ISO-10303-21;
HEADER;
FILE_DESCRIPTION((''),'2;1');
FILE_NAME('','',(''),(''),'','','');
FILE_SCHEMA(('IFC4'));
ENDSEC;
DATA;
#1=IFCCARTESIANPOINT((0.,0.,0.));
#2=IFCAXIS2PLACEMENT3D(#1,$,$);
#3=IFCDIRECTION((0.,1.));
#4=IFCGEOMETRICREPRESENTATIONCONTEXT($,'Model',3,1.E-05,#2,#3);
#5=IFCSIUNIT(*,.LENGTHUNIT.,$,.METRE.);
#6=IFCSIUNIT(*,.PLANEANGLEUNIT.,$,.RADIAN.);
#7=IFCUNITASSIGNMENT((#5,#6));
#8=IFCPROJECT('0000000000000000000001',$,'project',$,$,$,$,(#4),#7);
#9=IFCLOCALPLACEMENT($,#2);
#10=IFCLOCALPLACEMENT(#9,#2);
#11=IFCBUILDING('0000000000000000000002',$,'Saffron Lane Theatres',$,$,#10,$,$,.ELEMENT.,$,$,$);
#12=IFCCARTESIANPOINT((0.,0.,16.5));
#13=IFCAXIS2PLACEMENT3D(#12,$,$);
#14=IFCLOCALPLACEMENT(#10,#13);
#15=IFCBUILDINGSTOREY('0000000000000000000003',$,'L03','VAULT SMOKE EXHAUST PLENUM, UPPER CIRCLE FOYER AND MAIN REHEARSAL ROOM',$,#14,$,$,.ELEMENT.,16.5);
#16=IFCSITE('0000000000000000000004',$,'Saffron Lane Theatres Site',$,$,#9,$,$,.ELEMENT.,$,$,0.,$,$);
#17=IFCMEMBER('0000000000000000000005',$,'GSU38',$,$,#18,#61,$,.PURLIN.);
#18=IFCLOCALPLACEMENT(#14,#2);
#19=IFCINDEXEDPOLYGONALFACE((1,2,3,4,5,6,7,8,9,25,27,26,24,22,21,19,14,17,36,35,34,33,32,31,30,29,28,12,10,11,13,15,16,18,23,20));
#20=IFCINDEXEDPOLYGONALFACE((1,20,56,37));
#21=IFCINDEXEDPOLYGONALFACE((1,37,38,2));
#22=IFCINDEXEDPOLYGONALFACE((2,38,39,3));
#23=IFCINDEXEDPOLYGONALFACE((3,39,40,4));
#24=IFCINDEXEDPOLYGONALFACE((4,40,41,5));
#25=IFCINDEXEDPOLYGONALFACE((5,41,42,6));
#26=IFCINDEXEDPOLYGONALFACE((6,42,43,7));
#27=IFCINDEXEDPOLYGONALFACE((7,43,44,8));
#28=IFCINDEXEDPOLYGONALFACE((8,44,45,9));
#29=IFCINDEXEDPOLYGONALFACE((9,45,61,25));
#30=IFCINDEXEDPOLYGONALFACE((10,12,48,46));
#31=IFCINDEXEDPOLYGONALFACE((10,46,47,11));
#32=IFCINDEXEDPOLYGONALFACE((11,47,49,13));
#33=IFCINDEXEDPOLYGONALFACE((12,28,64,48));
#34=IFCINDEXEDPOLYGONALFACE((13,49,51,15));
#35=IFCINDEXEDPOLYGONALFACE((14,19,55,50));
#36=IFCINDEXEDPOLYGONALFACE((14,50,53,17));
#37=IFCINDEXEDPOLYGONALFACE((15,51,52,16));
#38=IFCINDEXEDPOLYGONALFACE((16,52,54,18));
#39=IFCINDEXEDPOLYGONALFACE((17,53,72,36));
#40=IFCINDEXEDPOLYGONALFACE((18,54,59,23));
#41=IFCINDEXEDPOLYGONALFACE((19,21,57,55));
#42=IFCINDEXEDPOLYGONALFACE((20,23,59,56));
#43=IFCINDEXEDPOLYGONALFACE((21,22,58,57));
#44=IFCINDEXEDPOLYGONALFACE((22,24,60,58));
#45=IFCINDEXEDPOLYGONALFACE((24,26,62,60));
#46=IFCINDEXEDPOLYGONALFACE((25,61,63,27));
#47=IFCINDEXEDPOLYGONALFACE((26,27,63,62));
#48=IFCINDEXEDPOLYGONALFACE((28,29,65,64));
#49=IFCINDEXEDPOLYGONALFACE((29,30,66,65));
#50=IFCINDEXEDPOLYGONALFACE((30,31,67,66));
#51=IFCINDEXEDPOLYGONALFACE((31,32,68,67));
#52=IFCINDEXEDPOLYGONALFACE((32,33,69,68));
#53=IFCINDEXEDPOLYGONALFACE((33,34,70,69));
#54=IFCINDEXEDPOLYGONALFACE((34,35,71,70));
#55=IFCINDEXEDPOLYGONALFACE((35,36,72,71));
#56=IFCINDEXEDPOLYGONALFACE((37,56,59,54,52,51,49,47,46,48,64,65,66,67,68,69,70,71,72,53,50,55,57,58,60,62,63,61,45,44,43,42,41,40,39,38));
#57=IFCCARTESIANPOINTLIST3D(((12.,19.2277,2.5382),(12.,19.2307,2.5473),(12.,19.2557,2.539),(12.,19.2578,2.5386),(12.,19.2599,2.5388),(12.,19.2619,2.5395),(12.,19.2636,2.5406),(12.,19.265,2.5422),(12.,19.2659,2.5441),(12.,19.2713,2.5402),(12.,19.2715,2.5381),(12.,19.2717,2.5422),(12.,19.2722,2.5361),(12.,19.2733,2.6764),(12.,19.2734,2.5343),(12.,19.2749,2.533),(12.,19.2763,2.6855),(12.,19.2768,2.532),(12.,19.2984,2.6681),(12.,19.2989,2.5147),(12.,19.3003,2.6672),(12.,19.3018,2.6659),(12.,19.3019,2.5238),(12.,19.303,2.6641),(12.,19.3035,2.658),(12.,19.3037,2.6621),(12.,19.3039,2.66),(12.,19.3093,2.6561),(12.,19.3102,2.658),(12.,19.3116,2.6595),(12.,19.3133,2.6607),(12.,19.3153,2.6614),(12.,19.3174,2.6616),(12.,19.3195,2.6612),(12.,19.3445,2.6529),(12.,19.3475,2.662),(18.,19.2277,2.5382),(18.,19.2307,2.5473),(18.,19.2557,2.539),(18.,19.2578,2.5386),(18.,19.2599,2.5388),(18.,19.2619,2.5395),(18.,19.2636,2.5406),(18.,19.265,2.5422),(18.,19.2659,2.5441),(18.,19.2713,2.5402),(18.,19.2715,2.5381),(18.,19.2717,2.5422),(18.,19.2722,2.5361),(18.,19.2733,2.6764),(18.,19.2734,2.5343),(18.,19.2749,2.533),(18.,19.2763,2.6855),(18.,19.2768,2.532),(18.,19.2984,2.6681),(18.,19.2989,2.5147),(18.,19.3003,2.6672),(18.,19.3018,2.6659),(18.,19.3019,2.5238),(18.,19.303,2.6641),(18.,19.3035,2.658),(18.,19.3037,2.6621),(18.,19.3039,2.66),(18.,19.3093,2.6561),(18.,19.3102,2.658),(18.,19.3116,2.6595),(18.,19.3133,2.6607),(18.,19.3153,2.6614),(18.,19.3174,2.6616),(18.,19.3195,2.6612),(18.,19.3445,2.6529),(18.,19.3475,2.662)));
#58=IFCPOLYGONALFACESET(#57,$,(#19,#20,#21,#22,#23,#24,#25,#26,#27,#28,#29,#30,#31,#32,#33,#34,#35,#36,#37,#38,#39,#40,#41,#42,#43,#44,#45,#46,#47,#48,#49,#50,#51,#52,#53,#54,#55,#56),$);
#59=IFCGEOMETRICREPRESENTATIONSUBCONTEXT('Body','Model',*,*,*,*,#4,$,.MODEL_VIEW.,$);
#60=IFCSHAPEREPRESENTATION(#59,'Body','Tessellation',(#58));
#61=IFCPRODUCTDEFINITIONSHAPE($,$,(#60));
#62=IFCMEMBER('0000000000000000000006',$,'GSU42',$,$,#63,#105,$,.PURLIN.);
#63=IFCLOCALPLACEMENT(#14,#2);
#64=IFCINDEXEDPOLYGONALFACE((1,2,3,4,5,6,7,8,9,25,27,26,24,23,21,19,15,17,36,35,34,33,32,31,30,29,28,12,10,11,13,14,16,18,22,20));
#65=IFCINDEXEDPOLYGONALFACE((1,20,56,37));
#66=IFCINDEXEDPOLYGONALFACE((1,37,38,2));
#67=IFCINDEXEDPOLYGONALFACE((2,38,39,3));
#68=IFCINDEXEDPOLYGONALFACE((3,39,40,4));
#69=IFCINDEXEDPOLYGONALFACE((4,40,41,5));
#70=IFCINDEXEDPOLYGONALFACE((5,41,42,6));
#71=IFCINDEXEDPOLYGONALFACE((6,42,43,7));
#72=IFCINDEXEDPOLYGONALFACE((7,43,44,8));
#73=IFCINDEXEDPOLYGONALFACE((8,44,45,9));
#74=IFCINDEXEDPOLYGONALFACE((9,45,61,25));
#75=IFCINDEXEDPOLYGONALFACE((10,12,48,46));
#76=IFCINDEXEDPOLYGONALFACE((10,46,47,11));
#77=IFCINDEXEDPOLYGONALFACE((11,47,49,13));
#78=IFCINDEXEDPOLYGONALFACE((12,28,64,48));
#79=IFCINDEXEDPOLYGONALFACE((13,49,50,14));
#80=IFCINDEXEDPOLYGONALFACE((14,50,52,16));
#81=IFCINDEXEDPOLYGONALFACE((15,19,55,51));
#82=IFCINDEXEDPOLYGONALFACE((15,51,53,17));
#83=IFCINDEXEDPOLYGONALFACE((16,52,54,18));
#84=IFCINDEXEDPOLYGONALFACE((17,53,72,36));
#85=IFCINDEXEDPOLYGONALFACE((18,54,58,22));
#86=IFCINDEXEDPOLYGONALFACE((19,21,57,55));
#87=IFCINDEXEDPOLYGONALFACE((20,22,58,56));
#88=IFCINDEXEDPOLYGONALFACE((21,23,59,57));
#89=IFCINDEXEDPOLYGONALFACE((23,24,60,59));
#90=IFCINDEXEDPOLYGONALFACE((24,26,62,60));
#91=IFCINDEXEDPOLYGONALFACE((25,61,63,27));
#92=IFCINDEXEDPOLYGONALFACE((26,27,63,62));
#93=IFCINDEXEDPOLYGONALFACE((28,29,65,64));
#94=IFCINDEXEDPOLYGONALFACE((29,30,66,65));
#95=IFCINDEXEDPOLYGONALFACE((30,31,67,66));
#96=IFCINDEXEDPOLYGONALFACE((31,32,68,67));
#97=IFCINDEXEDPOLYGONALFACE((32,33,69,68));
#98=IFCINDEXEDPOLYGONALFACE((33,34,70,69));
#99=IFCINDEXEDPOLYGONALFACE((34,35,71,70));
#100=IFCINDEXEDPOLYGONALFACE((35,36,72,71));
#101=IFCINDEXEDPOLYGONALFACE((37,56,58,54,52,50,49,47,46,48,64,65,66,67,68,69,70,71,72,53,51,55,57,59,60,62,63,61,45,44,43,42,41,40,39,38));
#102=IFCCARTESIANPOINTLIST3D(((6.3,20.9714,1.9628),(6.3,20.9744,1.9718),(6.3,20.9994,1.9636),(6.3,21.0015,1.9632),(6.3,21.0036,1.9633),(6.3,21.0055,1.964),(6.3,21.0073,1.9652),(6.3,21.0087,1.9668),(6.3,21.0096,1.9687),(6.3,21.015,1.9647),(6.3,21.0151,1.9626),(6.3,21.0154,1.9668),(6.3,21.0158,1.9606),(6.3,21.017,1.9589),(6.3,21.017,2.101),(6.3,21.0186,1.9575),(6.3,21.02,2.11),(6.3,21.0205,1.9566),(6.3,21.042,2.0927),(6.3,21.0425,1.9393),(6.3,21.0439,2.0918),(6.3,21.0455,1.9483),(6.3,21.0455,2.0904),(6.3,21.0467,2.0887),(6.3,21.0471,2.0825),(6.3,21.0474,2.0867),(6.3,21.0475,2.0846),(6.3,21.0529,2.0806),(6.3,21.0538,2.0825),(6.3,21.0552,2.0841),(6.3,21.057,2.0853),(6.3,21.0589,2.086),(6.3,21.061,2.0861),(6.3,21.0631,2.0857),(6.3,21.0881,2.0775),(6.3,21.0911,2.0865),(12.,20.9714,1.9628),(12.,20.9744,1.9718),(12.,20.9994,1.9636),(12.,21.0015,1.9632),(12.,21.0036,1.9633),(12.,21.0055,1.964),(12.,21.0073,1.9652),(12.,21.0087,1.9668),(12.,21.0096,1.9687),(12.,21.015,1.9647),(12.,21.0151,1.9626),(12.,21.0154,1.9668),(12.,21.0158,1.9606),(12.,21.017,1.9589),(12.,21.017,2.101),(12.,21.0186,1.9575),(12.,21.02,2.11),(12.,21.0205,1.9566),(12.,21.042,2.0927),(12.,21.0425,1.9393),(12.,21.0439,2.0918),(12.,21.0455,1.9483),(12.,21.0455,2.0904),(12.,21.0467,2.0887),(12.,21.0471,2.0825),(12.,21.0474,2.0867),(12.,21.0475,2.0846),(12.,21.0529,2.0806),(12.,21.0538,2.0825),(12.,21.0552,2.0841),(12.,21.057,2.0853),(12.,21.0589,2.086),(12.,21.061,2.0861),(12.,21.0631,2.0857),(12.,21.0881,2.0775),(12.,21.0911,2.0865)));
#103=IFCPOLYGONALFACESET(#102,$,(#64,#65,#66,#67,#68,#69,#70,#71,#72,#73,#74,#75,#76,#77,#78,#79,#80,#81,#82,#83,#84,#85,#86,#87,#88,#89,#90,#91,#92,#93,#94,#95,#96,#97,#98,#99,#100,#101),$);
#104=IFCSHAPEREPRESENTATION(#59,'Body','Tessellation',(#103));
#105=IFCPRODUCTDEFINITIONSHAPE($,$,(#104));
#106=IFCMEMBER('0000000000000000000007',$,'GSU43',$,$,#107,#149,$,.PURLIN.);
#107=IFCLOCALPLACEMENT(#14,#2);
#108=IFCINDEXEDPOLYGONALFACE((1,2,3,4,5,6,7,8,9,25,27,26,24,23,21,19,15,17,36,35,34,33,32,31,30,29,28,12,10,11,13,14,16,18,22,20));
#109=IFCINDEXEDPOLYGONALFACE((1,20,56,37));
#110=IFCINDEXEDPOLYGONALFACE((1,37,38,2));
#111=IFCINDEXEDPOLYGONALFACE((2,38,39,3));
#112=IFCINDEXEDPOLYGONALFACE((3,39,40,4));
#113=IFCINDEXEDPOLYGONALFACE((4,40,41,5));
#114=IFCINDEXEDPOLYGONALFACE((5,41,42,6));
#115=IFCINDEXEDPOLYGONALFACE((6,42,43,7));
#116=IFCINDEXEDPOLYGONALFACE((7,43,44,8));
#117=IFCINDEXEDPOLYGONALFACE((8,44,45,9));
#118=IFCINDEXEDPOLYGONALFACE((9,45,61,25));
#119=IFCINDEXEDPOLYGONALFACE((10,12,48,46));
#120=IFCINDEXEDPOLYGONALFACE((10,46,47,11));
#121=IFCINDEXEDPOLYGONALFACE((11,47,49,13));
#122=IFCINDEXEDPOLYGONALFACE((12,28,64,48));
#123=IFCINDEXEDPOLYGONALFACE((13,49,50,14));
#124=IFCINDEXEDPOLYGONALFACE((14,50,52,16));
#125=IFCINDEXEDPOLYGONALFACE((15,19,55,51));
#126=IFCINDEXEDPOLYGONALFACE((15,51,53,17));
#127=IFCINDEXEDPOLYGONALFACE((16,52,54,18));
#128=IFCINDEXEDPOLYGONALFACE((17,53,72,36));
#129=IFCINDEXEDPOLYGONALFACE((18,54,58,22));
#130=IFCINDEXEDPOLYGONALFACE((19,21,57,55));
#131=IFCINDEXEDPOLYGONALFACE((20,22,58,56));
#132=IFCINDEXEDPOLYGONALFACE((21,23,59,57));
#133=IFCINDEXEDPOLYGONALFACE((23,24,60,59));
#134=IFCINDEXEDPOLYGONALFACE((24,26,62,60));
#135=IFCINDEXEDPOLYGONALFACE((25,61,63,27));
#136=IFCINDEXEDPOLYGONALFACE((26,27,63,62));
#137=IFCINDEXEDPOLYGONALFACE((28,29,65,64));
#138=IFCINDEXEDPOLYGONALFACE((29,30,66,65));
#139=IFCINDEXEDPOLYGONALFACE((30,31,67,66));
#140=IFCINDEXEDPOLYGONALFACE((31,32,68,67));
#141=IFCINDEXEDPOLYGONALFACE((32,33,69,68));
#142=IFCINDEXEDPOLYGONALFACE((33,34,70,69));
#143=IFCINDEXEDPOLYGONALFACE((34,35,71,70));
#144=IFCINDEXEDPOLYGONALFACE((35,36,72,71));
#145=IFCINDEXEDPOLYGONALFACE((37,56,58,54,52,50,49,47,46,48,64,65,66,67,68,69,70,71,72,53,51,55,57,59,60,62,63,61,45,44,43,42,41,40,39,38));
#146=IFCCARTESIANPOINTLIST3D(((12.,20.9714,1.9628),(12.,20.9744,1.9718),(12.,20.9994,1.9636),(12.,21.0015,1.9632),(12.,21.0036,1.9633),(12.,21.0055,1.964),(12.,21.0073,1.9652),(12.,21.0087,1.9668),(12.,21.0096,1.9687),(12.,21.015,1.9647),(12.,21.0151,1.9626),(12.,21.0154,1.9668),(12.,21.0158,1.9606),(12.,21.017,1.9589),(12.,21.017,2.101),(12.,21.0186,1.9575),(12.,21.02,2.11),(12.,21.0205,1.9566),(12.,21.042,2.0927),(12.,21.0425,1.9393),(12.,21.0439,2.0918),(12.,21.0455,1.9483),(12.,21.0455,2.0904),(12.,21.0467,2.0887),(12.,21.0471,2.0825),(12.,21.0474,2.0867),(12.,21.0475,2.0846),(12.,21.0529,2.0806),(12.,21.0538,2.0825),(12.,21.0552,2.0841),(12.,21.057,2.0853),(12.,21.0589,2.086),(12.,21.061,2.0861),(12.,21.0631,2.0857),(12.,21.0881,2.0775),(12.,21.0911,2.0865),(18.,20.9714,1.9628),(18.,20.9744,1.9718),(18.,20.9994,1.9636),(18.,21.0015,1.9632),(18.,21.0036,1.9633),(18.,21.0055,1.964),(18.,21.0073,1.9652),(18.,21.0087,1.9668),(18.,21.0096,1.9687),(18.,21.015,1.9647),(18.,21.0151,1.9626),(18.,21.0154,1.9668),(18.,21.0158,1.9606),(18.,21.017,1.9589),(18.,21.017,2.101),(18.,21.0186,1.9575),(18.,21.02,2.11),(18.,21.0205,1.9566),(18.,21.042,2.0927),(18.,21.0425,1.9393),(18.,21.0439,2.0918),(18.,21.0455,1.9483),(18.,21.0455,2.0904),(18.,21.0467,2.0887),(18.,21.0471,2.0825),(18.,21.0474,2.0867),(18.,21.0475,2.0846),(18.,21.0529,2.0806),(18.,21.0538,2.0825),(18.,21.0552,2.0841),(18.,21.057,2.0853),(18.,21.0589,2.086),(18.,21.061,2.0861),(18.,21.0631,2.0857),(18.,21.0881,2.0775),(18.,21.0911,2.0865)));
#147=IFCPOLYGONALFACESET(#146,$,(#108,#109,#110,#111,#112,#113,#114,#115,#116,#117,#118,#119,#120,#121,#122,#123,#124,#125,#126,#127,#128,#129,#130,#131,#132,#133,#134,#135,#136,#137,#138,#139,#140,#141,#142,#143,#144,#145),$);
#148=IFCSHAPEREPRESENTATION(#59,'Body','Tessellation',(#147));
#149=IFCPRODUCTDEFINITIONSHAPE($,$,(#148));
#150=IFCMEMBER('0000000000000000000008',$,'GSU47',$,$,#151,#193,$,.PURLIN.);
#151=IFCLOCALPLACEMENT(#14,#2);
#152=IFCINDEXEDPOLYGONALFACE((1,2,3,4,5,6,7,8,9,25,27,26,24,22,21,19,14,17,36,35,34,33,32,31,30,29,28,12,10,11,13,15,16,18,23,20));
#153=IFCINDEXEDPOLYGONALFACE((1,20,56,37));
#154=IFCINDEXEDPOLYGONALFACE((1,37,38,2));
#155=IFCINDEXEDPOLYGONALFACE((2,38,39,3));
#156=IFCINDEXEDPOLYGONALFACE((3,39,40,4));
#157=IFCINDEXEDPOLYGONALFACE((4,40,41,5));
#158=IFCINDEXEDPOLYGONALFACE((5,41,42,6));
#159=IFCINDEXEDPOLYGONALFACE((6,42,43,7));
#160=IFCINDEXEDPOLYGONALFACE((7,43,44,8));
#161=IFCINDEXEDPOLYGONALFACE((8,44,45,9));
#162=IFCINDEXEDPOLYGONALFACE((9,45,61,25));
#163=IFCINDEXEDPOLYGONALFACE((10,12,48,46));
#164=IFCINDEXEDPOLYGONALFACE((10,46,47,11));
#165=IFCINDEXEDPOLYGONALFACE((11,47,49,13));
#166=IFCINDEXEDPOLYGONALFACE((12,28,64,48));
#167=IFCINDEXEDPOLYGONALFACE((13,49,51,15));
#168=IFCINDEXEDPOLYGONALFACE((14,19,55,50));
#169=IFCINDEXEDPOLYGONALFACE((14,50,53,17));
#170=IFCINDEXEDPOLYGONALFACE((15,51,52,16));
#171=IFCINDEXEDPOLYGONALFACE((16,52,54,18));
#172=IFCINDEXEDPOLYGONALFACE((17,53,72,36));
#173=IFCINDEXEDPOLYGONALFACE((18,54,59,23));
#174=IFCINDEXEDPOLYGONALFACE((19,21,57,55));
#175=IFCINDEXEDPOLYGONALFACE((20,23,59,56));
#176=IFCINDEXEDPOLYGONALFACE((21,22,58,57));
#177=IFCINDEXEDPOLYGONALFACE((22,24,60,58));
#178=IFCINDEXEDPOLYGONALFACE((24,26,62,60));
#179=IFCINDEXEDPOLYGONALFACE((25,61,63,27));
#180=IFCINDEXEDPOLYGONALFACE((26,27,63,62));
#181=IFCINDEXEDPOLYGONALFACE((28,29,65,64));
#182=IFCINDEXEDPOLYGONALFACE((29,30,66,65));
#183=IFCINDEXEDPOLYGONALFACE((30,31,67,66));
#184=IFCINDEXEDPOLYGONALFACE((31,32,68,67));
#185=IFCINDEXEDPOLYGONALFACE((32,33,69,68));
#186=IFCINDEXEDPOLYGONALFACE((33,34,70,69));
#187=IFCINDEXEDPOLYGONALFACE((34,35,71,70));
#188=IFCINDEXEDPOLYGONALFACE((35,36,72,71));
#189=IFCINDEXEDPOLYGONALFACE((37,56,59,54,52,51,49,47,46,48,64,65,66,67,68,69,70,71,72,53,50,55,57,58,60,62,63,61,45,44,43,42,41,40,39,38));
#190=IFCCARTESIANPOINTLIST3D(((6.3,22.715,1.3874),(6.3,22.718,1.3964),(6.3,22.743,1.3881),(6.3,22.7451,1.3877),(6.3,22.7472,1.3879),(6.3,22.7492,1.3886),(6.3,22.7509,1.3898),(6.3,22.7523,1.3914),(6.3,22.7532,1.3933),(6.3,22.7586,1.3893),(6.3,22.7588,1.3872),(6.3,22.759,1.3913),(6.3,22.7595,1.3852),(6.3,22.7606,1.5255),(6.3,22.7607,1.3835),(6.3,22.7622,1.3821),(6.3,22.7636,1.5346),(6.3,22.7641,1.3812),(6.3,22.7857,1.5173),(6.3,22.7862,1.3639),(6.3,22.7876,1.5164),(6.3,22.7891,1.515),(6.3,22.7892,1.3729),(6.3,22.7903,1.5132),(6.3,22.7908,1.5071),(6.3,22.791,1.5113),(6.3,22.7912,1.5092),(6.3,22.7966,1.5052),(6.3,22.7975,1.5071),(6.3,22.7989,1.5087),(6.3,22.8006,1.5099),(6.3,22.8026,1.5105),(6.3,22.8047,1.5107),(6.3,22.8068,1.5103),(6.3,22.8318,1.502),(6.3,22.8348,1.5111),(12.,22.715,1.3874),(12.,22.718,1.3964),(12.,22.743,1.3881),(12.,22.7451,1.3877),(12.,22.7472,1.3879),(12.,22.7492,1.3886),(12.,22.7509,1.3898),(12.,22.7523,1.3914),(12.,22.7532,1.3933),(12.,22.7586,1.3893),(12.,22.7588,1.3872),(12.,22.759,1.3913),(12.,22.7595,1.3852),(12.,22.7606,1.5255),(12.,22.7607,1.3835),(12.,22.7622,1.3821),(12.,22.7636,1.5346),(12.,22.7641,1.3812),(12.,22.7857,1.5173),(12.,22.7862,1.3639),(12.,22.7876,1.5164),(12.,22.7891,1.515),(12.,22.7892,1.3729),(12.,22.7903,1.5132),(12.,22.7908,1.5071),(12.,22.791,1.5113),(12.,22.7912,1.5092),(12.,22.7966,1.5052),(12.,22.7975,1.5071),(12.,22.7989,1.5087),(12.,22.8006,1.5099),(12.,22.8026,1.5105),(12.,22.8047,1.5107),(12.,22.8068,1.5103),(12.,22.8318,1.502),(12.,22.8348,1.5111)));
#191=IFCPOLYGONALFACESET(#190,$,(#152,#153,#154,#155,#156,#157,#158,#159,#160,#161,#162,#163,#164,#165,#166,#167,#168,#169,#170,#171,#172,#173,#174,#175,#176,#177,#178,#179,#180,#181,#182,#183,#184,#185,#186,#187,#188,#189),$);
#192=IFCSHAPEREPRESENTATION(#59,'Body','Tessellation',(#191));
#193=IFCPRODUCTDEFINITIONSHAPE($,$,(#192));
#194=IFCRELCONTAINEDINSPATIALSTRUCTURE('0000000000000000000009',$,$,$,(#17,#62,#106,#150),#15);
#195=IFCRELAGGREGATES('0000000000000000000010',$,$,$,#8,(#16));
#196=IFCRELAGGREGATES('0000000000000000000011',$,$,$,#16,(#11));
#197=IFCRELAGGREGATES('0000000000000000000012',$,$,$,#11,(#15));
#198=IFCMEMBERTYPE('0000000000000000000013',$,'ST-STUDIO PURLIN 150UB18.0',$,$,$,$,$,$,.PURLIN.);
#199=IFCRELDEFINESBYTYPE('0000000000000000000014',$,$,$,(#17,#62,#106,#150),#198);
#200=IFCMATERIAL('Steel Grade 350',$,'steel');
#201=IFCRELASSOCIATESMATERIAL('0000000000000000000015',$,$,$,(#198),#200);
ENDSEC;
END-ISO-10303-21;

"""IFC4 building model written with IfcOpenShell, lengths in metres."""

from ifc_helpers import new_model, si_unit, direction, frame, origin, origin_2d, place, context, subcontext, project, spatial, i_section, extrude, material, material_profile, profile_set, type_object, element, save


model = new_model("IFC4")

# Units and contexts
model_context = context("Model", 3, precision=1e-05, world=origin(), true_north=direction((0.0, 1.0)))
body_context = subcontext(model_context, "Body", "Model", "MODEL_VIEW")
ifc_project = project(units=[si_unit("LENGTHUNIT", "METRE"), si_unit("PLANEANGLEUNIT", "RADIAN")], contexts=[model_context])

# Site, building, storey
site_placement = place(None, origin())
site = spatial("IfcSite", under=ifc_project, at=site_placement, Name="Saffron Lane Theatres Site", CompositionType="ELEMENT", RefElevation=0.0)
building_placement = place(site_placement, origin())
building = spatial("IfcBuilding", under=site, at=building_placement, Name="Saffron Lane Theatres", CompositionType="ELEMENT")
storey_placement = place(building_placement, frame((0.0, 0.0, 16.5)))
storey = spatial("IfcBuildingStorey", under=building, at=storey_placement, Name="L03", Description="VAULT SMOKE EXHAUST PLENUM, UPPER CIRCLE FOYER AND MAIN REHEARSAL ROOM", CompositionType="ELEMENT", Elevation=16.5)

# Members
ifc_material_1 = material(Name="Steel Grade 350", Category="steel")
ifc_material_profile_1 = material_profile(ifc_material_1, i_section(OverallWidth=0.075, OverallDepth=0.155, WebThickness=0.0061, FlangeThickness=0.0095, FilletRadius=0.0081, at=origin_2d()))
ifc_profile_set_1 = profile_set([ifc_material_profile_1], Name="Steel Grade 350")
member_type_1 = type_object("IfcMemberType", Name="ST-STUDIO PURLIN 150UB18.0", PredefinedType="PURLIN", material=ifc_profile_set_1)
member_1_placement = place(storey_placement, frame((12.0, 19.2876, 2.6001), z_axis=(1.0, 0.0, 0.0), x_axis=(0.0, 0.949629, -0.313377)))
element("IfcMember", 1, at=member_1_placement, inside=storey, type_object=member_type_1, Name="GSU38", PredefinedType="PURLIN", context=body_context, shape_type="SweptSolid", body=[
    extrude(i_section(OverallWidth=0.075, OverallDepth=0.155, WebThickness=0.0061, FlangeThickness=0.0095, FilletRadius=0.0081, at=origin_2d()), origin(), (0.0, 0.0, 1.0), 6.0),
])
member_2_placement = place(storey_placement, frame((6.3, 21.0312, 2.0247), z_axis=(1.0, 0.0, 0.0), x_axis=(0.0, 0.949629, -0.313377)))
element("IfcMember", 2, at=member_2_placement, inside=storey, type_object=member_type_1, Name="GSU42", PredefinedType="PURLIN", context=body_context, shape_type="SweptSolid", body=[
    extrude(i_section(OverallWidth=0.075, OverallDepth=0.155, WebThickness=0.0061, FlangeThickness=0.0095, FilletRadius=0.0081, at=origin_2d()), origin(), (0.0, 0.0, 1.0), 5.7),
])
member_3_placement = place(storey_placement, frame((12.0, 21.0312, 2.0247), z_axis=(1.0, 0.0, 0.0), x_axis=(0.0, 0.949629, -0.313377)))
element("IfcMember", 3, at=member_3_placement, inside=storey, type_object=member_type_1, Name="GSU43", PredefinedType="PURLIN", context=body_context, shape_type="SweptSolid", body=[
    extrude(i_section(OverallWidth=0.075, OverallDepth=0.155, WebThickness=0.0061, FlangeThickness=0.0095, FilletRadius=0.0081, at=origin_2d()), origin(), (0.0, 0.0, 1.0), 6.0),
])
member_4_placement = place(storey_placement, frame((6.3, 22.7749, 1.4492), z_axis=(1.0, 0.0, 0.0), x_axis=(0.0, 0.949629, -0.313377)))
element("IfcMember", 4, at=member_4_placement, inside=storey, type_object=member_type_1, Name="GSU47", PredefinedType="PURLIN", context=body_context, shape_type="SweptSolid", body=[
    extrude(i_section(OverallWidth=0.075, OverallDepth=0.155, WebThickness=0.0061, FlangeThickness=0.0095, FilletRadius=0.0081, at=origin_2d()), origin(), (0.0, 0.0, 1.0), 5.7),
])

save(model, "model.ifc")
